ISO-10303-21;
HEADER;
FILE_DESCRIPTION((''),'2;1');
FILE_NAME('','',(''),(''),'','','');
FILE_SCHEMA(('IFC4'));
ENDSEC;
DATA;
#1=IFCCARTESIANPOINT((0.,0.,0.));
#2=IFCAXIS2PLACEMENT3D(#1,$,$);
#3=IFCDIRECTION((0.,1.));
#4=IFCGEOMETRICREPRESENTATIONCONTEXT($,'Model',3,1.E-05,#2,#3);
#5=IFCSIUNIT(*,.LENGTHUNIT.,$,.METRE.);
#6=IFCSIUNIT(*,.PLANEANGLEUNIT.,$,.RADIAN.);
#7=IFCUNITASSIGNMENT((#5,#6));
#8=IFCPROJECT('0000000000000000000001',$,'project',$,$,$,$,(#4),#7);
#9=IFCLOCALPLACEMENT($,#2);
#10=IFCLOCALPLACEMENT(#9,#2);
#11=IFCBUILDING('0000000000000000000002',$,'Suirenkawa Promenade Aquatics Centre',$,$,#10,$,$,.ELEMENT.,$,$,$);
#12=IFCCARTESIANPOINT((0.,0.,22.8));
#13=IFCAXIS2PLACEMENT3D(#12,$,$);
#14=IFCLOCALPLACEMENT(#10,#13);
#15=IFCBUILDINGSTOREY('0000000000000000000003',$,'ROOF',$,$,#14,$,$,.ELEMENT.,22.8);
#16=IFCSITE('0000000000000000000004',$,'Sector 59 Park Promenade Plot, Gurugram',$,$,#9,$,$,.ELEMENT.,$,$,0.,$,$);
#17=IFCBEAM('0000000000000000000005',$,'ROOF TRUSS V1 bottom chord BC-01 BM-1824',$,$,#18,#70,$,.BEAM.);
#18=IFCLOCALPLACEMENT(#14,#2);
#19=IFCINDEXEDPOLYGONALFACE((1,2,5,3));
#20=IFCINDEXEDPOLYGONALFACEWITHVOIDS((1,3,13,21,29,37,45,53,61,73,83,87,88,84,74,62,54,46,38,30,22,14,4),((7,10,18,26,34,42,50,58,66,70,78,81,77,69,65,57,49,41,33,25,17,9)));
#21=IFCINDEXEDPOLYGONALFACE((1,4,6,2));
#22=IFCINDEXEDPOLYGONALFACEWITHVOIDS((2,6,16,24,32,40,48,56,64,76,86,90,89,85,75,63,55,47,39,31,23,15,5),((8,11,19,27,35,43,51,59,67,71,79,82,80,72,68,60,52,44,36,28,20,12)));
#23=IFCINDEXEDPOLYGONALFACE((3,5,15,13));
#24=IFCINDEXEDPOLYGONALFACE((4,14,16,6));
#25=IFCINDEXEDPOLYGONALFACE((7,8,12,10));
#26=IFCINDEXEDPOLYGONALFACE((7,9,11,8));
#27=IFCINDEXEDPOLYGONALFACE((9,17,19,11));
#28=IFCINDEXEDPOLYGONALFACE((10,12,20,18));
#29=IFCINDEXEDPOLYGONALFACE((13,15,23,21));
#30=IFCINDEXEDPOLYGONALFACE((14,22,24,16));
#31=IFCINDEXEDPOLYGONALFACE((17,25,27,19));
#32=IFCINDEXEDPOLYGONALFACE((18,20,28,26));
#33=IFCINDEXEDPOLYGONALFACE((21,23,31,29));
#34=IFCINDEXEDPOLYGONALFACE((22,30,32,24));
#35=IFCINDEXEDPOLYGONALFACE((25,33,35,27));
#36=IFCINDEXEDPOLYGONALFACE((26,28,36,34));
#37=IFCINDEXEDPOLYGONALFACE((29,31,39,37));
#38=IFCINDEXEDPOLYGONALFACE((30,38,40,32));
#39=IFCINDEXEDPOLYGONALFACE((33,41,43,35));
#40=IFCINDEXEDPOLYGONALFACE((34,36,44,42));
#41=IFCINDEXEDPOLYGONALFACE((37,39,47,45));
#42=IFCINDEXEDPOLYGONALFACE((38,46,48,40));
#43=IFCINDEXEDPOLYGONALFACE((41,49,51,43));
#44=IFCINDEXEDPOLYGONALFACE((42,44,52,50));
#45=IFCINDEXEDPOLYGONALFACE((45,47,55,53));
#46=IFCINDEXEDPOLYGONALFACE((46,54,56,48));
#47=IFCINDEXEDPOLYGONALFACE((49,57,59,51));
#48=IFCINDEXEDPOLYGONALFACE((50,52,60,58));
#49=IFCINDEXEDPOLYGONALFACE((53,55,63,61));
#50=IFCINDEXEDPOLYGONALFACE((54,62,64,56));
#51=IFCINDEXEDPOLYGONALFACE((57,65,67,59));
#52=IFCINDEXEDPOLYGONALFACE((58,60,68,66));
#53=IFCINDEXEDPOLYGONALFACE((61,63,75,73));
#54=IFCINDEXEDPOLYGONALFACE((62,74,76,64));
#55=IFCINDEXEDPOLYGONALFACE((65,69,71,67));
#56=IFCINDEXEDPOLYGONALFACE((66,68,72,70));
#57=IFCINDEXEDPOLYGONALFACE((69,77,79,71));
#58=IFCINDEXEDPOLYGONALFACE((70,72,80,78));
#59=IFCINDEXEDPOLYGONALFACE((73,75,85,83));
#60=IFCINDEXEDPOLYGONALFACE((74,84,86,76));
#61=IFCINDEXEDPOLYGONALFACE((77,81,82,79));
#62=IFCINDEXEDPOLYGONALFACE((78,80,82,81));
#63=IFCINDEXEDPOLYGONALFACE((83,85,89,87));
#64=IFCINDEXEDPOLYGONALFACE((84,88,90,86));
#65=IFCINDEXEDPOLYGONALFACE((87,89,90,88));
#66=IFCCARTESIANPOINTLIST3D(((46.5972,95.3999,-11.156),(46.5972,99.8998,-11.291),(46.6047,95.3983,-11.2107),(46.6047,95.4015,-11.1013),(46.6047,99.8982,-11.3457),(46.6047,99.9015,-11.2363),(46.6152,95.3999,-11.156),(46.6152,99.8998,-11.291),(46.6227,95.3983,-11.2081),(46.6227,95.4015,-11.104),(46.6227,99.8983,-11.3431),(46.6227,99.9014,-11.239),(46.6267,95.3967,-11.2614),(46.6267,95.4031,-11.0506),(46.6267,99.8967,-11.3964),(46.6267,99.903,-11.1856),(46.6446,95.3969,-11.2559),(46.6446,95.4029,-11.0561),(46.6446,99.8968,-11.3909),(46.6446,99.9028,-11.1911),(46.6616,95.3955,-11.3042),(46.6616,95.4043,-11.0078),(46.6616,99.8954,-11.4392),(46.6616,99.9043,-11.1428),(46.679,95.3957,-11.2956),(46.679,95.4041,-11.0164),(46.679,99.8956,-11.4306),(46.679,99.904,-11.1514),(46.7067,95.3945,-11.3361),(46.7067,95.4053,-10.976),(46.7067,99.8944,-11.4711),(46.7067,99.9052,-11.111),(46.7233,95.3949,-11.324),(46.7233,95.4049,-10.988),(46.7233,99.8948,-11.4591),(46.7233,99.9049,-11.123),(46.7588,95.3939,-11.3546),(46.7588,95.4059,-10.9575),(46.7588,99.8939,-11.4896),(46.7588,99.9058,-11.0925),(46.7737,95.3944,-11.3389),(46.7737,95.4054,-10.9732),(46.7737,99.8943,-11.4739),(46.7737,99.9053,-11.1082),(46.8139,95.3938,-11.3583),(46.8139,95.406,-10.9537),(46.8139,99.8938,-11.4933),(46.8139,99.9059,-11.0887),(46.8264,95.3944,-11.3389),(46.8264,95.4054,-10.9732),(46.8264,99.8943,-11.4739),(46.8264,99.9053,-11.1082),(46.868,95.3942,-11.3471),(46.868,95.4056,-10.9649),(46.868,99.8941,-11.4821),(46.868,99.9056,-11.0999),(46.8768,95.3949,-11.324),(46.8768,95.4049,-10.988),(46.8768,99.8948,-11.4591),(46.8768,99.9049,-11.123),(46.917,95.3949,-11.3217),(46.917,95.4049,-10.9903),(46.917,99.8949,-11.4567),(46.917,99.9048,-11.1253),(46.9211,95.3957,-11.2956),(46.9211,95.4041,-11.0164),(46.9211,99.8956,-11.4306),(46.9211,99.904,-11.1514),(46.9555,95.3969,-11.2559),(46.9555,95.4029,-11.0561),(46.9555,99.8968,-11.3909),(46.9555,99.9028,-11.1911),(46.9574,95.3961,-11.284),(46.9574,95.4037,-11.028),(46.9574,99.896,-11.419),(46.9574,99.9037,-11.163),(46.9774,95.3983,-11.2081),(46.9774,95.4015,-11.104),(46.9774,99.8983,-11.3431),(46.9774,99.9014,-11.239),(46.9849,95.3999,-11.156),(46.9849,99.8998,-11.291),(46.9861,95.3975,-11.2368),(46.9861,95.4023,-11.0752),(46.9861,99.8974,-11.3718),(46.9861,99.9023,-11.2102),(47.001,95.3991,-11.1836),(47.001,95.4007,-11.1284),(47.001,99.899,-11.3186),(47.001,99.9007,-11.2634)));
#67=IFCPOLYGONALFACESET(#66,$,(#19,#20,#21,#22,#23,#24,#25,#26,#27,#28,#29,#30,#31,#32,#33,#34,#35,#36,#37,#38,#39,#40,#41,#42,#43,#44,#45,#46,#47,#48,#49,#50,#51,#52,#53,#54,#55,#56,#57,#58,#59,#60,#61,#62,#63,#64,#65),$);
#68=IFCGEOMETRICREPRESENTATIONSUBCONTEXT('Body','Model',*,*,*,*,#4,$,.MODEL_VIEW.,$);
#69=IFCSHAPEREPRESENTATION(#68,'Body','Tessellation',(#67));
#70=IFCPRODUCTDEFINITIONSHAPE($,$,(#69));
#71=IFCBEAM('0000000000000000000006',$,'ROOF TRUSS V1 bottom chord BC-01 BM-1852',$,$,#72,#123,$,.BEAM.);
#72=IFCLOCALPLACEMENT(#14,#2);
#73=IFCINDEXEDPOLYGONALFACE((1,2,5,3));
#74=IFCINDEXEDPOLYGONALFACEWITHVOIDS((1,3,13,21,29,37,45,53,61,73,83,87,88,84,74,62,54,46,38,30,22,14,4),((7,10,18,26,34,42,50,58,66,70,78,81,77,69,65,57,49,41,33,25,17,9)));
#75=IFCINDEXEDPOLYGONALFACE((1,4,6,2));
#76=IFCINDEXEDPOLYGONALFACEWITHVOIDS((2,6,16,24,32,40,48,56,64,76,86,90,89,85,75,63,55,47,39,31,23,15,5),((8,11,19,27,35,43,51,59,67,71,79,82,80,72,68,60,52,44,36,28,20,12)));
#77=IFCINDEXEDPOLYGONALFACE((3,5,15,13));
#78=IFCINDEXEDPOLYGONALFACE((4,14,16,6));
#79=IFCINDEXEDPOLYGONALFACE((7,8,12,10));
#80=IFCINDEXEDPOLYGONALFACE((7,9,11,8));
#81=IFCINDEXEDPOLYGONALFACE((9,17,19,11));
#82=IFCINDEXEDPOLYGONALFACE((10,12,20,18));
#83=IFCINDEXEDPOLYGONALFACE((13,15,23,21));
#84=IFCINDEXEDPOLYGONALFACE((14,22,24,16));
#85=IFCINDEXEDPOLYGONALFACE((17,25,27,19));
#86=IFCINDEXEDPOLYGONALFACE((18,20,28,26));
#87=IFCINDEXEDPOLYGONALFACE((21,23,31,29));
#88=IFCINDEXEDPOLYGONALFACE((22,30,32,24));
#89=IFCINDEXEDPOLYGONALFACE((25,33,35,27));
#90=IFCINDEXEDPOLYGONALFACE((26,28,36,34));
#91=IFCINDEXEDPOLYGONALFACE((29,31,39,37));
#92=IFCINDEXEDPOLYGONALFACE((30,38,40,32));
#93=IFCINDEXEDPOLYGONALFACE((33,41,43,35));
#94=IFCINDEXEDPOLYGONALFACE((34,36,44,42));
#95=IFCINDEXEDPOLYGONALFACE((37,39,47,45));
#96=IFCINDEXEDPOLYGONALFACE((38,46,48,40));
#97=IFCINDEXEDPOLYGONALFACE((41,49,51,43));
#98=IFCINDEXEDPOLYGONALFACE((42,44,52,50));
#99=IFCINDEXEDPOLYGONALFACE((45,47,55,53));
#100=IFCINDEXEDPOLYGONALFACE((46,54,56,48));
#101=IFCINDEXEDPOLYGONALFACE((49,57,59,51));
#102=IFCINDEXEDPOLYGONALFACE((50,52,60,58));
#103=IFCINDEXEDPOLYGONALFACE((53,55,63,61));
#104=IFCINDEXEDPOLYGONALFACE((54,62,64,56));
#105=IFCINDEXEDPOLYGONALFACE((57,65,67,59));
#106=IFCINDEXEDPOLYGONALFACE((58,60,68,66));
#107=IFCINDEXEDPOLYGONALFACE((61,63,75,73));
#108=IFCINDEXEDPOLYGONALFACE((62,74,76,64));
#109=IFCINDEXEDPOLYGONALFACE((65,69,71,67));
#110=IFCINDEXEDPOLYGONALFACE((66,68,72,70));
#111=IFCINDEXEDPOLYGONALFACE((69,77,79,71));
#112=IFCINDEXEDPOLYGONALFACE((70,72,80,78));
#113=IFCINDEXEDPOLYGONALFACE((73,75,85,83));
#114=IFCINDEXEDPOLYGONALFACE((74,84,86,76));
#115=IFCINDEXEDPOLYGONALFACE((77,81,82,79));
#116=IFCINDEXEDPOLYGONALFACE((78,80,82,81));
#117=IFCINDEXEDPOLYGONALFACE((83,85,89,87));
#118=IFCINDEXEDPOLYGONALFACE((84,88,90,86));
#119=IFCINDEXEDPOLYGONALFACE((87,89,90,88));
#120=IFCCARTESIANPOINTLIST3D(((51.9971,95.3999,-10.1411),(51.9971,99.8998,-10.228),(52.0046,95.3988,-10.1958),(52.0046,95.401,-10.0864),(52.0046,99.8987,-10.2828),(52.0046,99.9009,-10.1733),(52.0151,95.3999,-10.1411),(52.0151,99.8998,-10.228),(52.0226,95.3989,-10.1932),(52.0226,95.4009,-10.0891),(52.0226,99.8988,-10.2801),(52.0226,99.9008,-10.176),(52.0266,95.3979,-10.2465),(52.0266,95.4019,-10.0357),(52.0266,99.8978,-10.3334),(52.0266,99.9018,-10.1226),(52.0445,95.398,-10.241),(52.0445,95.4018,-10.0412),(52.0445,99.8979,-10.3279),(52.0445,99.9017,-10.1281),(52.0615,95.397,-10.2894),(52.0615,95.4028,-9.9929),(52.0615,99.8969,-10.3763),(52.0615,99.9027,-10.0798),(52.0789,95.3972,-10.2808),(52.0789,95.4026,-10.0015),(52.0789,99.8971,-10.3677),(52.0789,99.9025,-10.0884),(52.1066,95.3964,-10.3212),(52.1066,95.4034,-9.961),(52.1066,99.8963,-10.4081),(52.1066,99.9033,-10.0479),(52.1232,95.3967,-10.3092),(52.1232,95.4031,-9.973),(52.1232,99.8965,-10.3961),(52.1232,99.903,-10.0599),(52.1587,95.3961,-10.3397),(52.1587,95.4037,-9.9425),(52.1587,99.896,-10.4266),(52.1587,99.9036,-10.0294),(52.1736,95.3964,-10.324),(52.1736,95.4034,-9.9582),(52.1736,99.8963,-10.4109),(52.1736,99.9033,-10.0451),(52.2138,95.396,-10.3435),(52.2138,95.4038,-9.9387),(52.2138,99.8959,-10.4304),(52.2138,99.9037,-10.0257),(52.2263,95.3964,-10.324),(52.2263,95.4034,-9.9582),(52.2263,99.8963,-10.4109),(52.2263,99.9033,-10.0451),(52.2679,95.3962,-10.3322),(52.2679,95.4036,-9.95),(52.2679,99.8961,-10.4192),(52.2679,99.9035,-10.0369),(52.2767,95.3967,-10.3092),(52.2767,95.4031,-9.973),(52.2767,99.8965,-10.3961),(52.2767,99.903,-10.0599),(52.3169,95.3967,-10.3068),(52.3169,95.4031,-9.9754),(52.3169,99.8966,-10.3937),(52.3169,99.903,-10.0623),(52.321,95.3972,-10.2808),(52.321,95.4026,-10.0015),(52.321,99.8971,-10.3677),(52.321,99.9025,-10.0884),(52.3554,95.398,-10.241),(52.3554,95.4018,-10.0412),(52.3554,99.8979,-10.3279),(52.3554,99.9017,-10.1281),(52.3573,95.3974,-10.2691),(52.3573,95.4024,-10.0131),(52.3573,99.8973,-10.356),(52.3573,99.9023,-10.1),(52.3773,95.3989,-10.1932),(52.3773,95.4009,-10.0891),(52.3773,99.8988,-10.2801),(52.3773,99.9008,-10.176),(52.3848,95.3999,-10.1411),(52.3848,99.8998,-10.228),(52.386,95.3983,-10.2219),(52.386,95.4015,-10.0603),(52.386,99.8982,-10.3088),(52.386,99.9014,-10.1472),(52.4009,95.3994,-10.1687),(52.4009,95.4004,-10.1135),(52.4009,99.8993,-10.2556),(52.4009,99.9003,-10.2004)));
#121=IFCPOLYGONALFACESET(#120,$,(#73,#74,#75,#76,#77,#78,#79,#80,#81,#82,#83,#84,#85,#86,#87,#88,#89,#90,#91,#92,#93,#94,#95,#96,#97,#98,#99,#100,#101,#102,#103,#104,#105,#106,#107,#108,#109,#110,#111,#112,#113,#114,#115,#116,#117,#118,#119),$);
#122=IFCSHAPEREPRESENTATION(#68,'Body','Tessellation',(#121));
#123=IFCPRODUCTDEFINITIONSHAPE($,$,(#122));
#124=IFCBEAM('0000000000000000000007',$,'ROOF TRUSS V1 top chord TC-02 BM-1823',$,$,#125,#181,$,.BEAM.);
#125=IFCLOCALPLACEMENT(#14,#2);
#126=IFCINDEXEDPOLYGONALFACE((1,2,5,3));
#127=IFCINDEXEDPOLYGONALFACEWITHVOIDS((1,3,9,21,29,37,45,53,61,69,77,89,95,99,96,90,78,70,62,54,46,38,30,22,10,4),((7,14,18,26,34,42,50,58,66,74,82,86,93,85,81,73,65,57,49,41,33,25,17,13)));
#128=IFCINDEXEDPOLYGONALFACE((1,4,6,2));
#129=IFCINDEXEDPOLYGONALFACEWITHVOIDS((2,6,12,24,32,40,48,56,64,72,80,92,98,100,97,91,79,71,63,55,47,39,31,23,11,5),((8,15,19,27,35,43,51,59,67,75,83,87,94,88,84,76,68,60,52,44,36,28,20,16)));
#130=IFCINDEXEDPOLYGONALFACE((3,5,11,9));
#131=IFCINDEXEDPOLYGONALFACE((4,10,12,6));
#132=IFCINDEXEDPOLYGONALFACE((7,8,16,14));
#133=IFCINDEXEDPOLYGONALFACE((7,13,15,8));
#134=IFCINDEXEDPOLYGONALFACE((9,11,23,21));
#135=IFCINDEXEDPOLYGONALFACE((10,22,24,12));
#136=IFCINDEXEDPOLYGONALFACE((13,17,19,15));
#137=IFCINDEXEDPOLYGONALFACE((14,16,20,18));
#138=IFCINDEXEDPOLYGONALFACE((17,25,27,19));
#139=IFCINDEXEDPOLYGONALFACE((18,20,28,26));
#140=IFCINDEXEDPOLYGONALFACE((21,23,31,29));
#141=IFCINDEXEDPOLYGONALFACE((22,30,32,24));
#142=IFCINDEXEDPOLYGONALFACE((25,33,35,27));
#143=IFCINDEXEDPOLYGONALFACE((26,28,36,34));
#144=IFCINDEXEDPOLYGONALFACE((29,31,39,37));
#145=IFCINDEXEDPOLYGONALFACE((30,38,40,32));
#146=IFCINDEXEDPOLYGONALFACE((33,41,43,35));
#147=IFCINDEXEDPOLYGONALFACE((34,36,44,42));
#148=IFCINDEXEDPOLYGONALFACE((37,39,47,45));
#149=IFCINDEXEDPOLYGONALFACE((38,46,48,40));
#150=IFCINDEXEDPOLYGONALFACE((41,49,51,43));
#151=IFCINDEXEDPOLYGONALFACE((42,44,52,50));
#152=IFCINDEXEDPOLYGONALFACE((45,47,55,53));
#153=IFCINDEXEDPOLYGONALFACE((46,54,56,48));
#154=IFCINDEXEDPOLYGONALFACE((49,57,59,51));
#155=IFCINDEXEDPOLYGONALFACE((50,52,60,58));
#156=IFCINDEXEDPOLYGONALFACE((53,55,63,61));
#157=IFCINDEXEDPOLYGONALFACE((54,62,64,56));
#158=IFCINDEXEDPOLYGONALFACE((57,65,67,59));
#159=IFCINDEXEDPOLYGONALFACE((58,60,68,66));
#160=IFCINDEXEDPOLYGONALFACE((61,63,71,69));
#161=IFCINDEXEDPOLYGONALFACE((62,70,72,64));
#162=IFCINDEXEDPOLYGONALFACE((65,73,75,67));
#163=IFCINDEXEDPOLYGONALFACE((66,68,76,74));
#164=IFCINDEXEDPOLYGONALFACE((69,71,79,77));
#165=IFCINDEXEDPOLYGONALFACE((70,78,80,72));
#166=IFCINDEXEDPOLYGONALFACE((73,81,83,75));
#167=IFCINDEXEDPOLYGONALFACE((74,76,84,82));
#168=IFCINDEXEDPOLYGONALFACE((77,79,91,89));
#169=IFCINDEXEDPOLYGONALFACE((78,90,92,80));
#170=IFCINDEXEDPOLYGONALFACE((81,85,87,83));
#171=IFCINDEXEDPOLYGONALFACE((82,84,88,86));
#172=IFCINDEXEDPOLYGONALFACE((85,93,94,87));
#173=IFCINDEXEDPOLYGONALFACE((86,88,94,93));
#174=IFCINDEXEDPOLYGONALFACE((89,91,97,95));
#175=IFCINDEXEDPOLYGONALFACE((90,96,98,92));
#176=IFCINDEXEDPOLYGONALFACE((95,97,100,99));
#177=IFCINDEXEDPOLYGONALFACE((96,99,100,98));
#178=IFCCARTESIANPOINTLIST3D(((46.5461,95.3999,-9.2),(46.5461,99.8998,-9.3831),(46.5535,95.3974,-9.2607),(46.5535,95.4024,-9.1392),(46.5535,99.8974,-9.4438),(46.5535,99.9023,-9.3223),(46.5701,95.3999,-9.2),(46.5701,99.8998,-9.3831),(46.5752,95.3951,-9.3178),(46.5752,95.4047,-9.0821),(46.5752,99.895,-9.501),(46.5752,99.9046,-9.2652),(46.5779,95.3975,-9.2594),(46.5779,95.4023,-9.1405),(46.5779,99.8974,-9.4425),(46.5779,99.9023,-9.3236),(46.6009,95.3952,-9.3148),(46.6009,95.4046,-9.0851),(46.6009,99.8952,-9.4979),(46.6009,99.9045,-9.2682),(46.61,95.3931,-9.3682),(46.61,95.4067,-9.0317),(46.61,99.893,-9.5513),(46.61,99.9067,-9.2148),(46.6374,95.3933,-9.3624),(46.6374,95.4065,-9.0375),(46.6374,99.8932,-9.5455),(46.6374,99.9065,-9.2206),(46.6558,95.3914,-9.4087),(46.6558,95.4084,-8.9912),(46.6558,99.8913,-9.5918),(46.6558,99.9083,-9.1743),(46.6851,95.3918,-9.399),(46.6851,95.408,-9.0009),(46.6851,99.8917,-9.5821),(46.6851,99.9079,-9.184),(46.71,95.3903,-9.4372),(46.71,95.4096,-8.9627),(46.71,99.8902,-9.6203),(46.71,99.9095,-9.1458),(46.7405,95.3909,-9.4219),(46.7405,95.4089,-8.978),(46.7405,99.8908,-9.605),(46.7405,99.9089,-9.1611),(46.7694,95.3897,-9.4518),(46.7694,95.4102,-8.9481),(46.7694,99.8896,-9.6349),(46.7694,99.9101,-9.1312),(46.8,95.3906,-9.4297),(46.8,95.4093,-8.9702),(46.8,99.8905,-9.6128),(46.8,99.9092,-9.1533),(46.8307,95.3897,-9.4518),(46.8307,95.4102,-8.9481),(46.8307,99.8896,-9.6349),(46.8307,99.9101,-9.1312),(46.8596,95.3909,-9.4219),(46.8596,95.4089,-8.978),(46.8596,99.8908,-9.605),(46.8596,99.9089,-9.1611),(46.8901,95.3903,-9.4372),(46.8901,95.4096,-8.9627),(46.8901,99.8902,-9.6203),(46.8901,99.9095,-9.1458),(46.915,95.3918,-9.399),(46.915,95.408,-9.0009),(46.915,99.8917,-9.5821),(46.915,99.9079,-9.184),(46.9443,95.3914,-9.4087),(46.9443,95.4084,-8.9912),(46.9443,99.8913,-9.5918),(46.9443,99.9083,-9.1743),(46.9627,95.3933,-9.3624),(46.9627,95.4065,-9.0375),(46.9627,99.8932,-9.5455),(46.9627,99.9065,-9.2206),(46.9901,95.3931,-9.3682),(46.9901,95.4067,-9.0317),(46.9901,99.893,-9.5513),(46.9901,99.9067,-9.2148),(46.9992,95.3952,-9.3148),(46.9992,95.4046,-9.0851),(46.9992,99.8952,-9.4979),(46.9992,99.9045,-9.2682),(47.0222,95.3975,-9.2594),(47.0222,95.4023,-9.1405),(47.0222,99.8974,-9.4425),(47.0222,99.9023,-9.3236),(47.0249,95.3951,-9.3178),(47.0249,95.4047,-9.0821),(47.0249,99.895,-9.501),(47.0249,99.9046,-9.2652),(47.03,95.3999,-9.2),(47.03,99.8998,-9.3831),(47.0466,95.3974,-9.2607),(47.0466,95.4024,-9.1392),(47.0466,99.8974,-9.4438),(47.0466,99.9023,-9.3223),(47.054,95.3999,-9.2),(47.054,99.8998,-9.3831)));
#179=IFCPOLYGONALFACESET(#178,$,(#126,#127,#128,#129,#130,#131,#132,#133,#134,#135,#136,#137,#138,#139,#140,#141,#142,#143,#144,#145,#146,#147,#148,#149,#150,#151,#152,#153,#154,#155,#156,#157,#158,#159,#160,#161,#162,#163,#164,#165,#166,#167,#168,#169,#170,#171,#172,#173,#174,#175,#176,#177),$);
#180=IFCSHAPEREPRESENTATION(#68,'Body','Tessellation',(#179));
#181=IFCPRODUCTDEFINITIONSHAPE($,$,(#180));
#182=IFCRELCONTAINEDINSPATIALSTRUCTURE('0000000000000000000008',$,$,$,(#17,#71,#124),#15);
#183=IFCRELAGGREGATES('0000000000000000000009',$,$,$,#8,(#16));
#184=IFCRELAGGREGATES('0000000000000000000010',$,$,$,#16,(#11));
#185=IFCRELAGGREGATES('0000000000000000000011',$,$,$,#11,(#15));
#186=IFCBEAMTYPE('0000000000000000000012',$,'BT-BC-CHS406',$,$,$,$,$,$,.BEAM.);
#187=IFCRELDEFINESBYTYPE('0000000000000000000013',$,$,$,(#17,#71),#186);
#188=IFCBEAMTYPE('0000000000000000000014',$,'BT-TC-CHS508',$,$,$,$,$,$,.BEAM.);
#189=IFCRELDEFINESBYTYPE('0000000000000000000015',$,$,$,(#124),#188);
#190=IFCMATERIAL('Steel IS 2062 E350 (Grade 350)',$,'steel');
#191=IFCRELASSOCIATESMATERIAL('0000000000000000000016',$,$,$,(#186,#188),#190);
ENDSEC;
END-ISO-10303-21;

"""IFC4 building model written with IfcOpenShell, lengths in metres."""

from ifc_helpers import new_model, si_unit, direction, frame, origin, origin_2d, place, context, subcontext, project, spatial, hollow_circle, extrude, material, material_profile, profile_set, type_object, element, save


model = new_model("IFC4")

# Units and contexts
model_context = context("Model", 3, precision=1e-05, world=origin(), true_north=direction((0.0, 1.0)))
body_context = subcontext(model_context, "Body", "Model", "MODEL_VIEW")
ifc_project = project(units=[si_unit("LENGTHUNIT", "METRE"), si_unit("PLANEANGLEUNIT", "RADIAN")], contexts=[model_context])

# Site, building, storey
site_placement = place(None, origin())
site = spatial("IfcSite", under=ifc_project, at=site_placement, Name="Sector 59 Park Promenade Plot, Gurugram", CompositionType="ELEMENT", RefElevation=0.0)
building_placement = place(site_placement, origin())
building = spatial("IfcBuilding", under=site, at=building_placement, Name="Suirenkawa Promenade Aquatics Centre", CompositionType="ELEMENT")
storey_placement = place(building_placement, frame((0.0, 0.0, 22.8)))
storey = spatial("IfcBuildingStorey", under=building, at=storey_placement, Name="ROOF", CompositionType="ELEMENT", Elevation=22.8)

# Beams
ifc_material_1 = material(Name="Steel IS 2062 E350 (Grade 350)", Category="steel")
ifc_material_profile_1 = material_profile(ifc_material_1, hollow_circle(Radius=0.2029, WallThickness=0.0181, at=origin_2d()), Name="CHS 406x18", Category="steel")
ifc_profile_set_1 = profile_set([ifc_material_profile_1], Name="Steel IS 2062 E350 (Grade 350)")
beam_type_1 = type_object("IfcBeamType", Name="BT-BC-CHS406", PredefinedType="BEAM", material=ifc_profile_set_1)
beam_1_placement = place(storey_placement, frame((46.8, 95.3999, -11.156), z_axis=(0.0, 0.99955, -0.029989), x_axis=(-1.0, 0.0, 0.0)))
element("IfcBeam", 1, at=beam_1_placement, inside=storey, type_object=beam_type_1, Name="ROOF TRUSS V1 bottom chord BC-01 BM-1824", PredefinedType="BEAM", context=body_context, shape_type="SweptSolid", body=[
    extrude(hollow_circle(Radius=0.2029, WallThickness=0.0181, at=origin_2d()), origin(), (0.0, 0.0, 1.0), 4.502),
])
beam_2_placement = place(storey_placement, frame((52.2, 95.3999, -10.1411), z_axis=(0.0, 0.999814, -0.019311), x_axis=(-1.0, 0.0, 0.0)))
element("IfcBeam", 2, at=beam_2_placement, inside=storey, type_object=beam_type_1, Name="ROOF TRUSS V1 bottom chord BC-01 BM-1852", PredefinedType="BEAM", context=body_context, shape_type="SweptSolid", body=[
    extrude(hollow_circle(Radius=0.2029, WallThickness=0.0181, at=origin_2d()), origin(), (0.0, 0.0, 1.0), 4.5007),
])
ifc_material_profile_2 = material_profile(ifc_material_1, hollow_circle(Radius=0.2539, WallThickness=0.0239, at=origin_2d()), Name="CHS 508x24", Category="steel")
ifc_profile_set_2 = profile_set([ifc_material_profile_2], Name="Steel IS 2062 E350 (Grade 350)")
beam_type_2 = type_object("IfcBeamType", Name="BT-TC-CHS508", PredefinedType="BEAM", material=ifc_profile_set_2)
for number, where, z_axis, x_axis, name in (
    (3, (46.8, 95.3999, -9.2), (0.0, 0.999173, -0.040656), (-1.0, 0.0, 0.0), "ROOF TRUSS V1 top chord TC-02 BM-1823"),
):
    element("IfcBeam", number, at=place(storey_placement, frame(where, z_axis=z_axis, x_axis=x_axis)), inside=storey, type_object=beam_type_2, Name=name, PredefinedType="BEAM", context=body_context, shape_type="SweptSolid", body=[
        extrude(hollow_circle(Radius=0.2539, WallThickness=0.0239, at=origin_2d()), origin(), (0.0, 0.0, 1.0), 4.5037),
    ])

save(model, "model.ifc")
